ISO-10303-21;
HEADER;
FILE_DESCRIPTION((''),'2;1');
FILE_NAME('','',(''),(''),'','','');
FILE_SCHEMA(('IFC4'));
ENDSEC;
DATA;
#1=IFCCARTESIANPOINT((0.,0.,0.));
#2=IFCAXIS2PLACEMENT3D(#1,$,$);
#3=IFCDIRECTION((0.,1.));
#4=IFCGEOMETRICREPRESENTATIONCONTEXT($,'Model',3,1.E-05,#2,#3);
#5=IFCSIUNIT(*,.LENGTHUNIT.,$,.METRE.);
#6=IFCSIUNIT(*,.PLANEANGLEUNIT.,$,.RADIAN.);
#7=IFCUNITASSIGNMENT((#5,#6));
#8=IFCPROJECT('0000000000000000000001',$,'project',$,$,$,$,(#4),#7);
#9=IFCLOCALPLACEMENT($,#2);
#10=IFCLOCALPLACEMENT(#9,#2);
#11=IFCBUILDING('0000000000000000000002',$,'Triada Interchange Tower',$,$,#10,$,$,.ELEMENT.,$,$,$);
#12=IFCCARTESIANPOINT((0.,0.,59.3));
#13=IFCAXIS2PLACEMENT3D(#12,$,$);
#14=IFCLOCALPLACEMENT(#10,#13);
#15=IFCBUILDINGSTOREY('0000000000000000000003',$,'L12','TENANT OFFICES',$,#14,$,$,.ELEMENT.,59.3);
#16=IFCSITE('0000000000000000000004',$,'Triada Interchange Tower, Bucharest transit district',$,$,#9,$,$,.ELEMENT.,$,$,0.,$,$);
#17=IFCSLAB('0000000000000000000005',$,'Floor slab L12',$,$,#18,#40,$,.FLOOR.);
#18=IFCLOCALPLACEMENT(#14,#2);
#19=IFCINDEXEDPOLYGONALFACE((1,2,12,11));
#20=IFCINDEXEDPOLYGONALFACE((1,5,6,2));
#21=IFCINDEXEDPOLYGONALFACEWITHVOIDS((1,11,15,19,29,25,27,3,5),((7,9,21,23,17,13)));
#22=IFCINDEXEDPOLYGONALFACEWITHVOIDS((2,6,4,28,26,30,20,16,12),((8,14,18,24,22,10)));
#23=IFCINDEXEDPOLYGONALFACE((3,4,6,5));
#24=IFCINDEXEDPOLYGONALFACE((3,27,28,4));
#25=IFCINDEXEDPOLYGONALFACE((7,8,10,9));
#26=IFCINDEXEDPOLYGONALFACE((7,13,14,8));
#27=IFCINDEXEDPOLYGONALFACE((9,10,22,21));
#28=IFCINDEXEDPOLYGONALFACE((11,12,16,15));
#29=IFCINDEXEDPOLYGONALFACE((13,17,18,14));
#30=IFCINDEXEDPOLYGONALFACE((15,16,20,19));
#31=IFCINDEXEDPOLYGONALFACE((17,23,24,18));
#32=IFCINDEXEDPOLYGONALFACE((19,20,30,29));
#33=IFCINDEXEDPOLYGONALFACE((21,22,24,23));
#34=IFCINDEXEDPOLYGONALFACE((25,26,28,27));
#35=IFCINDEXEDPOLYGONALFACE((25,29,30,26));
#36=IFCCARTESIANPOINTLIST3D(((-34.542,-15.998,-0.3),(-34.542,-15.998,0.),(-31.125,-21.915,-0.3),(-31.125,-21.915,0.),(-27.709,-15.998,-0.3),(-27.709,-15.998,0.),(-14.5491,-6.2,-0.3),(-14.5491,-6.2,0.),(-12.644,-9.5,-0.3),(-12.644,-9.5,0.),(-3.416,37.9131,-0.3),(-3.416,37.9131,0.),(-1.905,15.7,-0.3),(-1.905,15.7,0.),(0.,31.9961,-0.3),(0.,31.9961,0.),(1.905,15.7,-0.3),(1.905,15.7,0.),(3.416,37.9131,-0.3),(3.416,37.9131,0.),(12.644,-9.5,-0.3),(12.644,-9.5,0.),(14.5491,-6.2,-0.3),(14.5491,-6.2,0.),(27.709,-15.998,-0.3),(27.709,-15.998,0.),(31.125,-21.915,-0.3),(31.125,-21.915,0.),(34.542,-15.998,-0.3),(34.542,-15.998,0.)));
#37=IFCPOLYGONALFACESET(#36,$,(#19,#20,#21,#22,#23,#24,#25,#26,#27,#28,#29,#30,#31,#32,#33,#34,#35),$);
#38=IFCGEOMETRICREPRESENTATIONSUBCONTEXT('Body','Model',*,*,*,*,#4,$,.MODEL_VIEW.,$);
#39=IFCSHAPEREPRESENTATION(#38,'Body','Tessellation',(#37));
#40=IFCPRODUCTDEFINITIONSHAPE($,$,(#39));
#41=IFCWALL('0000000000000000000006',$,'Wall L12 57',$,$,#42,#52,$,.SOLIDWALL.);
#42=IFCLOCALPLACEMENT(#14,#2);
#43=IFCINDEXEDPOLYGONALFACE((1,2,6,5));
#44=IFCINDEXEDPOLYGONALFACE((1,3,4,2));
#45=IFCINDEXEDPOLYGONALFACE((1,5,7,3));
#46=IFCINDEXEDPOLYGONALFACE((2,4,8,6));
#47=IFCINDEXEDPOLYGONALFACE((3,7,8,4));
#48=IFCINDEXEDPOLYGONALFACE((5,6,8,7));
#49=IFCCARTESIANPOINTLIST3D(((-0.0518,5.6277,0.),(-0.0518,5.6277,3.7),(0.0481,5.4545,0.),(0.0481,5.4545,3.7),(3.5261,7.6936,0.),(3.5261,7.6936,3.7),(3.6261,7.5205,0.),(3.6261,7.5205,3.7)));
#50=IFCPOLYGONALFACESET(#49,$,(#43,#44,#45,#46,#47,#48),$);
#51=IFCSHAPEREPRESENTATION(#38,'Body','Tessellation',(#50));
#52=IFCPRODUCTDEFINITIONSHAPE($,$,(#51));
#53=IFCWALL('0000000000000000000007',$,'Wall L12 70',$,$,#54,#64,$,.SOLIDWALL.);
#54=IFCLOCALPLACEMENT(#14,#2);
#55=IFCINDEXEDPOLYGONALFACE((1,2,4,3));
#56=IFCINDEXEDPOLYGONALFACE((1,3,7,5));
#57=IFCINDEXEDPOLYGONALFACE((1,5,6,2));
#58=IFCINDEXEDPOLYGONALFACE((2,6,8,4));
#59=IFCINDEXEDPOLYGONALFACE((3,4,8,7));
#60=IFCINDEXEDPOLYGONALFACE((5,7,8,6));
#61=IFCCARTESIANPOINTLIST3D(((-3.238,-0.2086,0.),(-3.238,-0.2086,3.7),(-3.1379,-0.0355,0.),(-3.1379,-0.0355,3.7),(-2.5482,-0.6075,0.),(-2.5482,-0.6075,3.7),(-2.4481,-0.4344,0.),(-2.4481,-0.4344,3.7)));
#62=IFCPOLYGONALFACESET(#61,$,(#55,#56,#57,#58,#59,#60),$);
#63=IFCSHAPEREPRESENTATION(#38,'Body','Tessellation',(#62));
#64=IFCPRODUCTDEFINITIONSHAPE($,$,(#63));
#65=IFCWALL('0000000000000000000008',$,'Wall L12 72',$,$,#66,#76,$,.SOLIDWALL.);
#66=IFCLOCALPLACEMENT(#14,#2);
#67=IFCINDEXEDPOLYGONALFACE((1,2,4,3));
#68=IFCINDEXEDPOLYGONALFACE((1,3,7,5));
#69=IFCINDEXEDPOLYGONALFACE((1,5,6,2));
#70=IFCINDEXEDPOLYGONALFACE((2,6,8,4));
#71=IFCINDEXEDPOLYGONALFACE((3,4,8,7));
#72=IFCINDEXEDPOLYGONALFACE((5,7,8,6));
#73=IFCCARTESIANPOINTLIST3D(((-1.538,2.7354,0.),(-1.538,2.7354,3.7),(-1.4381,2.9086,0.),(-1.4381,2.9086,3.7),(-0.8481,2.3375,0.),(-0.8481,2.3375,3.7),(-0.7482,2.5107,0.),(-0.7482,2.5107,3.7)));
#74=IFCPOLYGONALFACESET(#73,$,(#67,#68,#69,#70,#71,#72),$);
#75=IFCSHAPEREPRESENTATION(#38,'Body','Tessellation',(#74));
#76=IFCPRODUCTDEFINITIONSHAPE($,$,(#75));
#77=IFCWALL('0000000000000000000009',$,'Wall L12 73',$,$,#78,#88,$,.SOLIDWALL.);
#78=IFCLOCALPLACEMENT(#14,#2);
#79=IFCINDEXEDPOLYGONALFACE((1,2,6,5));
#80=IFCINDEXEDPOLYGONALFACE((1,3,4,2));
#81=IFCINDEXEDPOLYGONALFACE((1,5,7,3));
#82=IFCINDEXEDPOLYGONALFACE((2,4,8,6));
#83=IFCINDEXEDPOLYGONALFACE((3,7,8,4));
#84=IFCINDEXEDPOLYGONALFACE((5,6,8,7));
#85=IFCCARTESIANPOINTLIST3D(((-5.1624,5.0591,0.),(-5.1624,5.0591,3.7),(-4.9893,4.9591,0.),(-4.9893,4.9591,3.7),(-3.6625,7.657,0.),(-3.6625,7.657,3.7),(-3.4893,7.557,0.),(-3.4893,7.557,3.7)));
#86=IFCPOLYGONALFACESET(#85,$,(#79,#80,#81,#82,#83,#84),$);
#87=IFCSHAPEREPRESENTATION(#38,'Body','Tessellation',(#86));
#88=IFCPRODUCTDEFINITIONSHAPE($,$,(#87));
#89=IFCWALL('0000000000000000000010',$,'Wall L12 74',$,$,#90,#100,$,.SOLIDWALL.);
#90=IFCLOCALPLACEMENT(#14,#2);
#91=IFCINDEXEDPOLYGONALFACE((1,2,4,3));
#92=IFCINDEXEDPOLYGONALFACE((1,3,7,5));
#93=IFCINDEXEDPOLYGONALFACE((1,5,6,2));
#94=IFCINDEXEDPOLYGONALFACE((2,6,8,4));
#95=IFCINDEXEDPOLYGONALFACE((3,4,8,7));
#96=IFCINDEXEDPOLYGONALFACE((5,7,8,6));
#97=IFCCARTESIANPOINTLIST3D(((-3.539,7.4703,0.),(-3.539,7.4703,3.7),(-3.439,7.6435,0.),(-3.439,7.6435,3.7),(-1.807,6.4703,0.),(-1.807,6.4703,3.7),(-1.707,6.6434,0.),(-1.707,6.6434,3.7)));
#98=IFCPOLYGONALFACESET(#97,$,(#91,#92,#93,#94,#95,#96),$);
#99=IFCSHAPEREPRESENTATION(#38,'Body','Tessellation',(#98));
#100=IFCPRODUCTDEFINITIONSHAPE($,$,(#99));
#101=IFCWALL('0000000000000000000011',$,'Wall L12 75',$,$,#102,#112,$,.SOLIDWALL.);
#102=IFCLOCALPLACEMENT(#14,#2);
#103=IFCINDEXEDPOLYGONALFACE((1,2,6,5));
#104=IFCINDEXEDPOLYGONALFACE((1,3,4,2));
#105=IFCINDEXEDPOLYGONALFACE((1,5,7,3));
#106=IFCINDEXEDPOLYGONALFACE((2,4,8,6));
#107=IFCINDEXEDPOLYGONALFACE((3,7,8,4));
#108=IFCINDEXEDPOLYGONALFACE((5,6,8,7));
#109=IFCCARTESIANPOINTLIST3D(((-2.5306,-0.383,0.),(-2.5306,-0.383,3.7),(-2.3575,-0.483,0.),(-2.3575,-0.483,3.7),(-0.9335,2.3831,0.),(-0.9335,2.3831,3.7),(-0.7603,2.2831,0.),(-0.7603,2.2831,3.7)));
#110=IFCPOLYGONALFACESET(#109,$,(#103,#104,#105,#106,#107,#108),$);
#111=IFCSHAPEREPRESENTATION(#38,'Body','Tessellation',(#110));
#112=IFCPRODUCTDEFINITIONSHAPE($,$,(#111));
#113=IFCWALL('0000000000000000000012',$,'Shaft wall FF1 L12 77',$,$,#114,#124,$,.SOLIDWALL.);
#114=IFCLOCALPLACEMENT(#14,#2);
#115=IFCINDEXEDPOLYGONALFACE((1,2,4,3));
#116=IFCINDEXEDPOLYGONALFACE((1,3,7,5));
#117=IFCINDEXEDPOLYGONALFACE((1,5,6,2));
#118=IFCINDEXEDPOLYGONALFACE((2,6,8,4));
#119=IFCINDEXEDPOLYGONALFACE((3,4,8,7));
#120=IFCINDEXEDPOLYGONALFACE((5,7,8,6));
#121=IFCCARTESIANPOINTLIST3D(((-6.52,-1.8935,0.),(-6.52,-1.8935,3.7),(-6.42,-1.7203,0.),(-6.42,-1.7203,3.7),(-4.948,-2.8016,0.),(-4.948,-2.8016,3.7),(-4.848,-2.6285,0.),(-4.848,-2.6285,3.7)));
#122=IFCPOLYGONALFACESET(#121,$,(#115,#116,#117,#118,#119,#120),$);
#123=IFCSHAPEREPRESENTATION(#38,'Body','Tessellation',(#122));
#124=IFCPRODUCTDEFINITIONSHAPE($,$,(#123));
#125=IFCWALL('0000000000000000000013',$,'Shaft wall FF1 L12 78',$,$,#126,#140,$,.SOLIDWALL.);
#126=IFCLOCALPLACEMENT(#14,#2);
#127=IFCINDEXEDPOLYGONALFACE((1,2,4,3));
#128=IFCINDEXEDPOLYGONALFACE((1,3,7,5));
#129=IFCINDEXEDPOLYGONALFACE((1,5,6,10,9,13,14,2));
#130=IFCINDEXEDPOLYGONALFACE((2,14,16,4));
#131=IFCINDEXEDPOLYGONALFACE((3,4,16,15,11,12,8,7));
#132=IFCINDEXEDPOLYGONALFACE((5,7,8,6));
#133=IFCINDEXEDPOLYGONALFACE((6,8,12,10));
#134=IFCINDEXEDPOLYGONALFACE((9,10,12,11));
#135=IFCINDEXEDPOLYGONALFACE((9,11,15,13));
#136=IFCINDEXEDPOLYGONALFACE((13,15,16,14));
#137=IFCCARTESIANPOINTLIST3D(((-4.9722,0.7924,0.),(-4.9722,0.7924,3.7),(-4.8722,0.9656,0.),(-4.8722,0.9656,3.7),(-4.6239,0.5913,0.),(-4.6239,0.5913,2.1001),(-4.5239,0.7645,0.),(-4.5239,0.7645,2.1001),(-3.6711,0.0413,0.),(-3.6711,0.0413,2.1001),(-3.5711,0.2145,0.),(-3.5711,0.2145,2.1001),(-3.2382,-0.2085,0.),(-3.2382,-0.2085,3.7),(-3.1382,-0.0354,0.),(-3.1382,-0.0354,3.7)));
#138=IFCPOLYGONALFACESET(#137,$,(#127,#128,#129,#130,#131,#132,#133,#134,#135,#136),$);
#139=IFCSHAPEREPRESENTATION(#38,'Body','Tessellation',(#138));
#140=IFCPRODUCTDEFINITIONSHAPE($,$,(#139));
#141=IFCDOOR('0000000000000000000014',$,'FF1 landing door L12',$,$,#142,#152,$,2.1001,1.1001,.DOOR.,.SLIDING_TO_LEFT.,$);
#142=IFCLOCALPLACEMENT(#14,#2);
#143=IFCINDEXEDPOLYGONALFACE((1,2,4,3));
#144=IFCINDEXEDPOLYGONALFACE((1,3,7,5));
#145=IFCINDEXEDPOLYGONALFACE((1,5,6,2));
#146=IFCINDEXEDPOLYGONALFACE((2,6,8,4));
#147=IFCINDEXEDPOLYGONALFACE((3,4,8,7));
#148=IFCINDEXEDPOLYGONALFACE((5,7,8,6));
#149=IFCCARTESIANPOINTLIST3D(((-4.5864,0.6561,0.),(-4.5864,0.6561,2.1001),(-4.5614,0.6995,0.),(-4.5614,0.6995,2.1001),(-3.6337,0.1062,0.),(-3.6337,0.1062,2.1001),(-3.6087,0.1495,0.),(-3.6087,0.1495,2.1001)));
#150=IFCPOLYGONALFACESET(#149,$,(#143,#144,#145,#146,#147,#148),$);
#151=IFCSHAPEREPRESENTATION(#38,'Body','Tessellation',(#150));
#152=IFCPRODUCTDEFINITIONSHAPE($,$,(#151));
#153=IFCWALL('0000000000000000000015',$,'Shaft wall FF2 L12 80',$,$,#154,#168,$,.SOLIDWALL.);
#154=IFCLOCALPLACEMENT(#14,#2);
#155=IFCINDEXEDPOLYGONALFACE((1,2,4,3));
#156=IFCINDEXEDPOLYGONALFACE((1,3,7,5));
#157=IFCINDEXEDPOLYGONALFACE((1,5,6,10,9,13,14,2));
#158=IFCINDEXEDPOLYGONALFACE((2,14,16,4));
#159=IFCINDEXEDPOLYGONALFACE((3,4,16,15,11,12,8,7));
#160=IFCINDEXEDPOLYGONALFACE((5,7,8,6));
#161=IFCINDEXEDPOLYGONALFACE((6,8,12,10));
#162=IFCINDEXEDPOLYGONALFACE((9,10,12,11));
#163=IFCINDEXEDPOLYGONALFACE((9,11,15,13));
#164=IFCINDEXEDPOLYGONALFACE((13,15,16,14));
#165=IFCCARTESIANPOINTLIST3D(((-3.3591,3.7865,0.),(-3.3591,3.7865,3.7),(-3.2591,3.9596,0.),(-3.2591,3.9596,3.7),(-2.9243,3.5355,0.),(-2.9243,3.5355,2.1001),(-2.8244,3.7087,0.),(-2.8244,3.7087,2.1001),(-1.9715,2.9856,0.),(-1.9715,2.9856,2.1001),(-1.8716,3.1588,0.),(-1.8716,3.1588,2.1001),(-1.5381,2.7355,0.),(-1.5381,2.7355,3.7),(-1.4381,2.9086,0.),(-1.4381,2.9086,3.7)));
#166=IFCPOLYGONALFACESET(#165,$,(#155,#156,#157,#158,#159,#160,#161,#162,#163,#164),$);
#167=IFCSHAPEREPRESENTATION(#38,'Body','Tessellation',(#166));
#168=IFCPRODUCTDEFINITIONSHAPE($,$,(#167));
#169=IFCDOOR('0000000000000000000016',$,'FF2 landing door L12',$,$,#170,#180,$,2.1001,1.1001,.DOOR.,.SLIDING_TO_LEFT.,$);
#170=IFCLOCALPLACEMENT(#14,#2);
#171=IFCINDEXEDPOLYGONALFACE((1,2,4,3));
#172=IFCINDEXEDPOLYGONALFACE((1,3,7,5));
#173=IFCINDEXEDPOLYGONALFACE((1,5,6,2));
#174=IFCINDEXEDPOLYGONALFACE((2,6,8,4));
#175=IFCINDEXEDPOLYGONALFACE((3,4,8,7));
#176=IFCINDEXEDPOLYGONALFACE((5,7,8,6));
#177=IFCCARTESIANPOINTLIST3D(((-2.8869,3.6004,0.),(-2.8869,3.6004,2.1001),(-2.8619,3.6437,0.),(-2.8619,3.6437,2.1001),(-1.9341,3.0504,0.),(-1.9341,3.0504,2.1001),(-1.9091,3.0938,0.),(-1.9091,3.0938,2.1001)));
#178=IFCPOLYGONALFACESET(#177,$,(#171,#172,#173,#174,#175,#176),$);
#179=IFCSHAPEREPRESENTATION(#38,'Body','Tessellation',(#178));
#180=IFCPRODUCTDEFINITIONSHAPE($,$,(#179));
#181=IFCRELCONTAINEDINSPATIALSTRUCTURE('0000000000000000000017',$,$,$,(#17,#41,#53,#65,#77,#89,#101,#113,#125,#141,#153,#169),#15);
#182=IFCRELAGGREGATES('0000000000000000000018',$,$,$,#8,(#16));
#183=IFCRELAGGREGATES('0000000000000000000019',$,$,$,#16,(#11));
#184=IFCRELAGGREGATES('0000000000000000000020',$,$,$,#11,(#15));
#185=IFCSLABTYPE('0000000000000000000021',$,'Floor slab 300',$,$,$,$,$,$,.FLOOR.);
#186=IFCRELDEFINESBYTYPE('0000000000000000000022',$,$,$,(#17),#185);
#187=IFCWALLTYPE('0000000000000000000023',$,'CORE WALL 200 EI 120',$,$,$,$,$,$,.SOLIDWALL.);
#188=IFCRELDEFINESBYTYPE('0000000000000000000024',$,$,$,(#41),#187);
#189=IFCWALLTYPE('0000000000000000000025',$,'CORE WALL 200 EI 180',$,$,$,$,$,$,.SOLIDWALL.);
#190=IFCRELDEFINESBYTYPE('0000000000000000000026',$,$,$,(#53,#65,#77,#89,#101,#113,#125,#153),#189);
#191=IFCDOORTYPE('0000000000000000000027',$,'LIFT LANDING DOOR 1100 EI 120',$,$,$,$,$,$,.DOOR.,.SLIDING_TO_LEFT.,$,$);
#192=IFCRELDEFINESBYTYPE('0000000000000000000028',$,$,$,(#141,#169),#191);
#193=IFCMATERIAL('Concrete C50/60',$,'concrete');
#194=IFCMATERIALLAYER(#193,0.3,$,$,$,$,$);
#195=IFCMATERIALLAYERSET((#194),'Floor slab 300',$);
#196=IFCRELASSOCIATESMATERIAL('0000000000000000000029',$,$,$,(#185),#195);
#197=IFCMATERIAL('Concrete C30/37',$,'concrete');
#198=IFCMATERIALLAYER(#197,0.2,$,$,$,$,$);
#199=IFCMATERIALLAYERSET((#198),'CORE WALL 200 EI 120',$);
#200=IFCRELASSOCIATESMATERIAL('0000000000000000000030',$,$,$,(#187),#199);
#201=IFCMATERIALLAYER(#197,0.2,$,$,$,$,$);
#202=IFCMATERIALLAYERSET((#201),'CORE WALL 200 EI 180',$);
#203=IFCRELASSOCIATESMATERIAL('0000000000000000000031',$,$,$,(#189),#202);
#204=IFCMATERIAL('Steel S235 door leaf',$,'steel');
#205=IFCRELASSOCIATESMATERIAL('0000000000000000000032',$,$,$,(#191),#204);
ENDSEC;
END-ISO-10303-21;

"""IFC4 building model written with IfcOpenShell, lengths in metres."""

from ifc_helpers import new_model, si_unit, direction, frame, frame_2d, origin, place, context, subcontext, project, spatial, polyline, rectangle, outline, extrude, material, layer, layer_set, type_object, element, fill, save


model = new_model("IFC4")

# Units and contexts
model_context = context("Model", 3, precision=1e-05, world=origin(), true_north=direction((0.0, 1.0)))
body_context = subcontext(model_context, "Body", "Model", "MODEL_VIEW")
ifc_project = project(units=[si_unit("LENGTHUNIT", "METRE"), si_unit("PLANEANGLEUNIT", "RADIAN")], contexts=[model_context])

# Site, building, storey
site_placement = place(None, origin())
site = spatial("IfcSite", under=ifc_project, at=site_placement, Name="Triada Interchange Tower, Bucharest transit district", CompositionType="ELEMENT", RefElevation=0.0)
building_placement = place(site_placement, origin())
building = spatial("IfcBuilding", under=site, at=building_placement, Name="Triada Interchange Tower", CompositionType="ELEMENT")
storey_placement = place(building_placement, frame((0.0, 0.0, 59.3)))
storey = spatial("IfcBuildingStorey", under=building, at=storey_placement, Name="L12", Description="TENANT OFFICES", CompositionType="ELEMENT", Elevation=59.3)

# Slab
ifc_material_1 = material(Name="Concrete C50/60", Category="concrete")
ifc_layer_1 = layer(ifc_material_1, 0.3)
ifc_layer_set_1 = layer_set([ifc_layer_1], Name="Floor slab 300")
slab_type = type_object("IfcSlabType", Name="Floor slab 300", PredefinedType="FLOOR", material=ifc_layer_set_1)
slab_placement = place(storey_placement, frame((0.0, 0.0, -0.3)))
element("IfcSlab", 1, at=slab_placement, inside=storey, type_object=slab_type, Name="Floor slab L12", PredefinedType="FLOOR", context=body_context, shape_type="SweptSolid", body=[
    extrude(outline(polyline([(-3.416, 37.9131), (-34.542, -15.998), (-27.709, -15.998), (-31.125, -21.915), (31.125, -21.915), (27.709, -15.998), (34.542, -15.998), (3.416, 37.9131), (0.0, 31.9961), (-3.416, 37.9131)]), holes=[polyline([(1.905, 15.7), (-1.905, 15.7), (-14.5491, -6.2), (-12.644, -9.5), (12.644, -9.5), (14.5491, -6.2), (1.905, 15.7)])]), origin(), (0.0, 0.0, 1.0), 0.3),
])

# Walls
ifc_material_2 = material(Name="Concrete C30/37", Category="concrete")
ifc_layer_2 = layer(ifc_material_2, 0.2)
ifc_layer_set_2 = layer_set([ifc_layer_2], Name="CORE WALL 200 EI 120")
wall_type_1 = type_object("IfcWallType", Name="CORE WALL 200 EI 120", PredefinedType="SOLIDWALL", material=ifc_layer_set_2)
wall_1_placement = place(storey_placement, frame((-0.002, 5.541, 0.0), z_axis=(0.0, 0.0, 1.0), x_axis=(0.866002, 0.500041, 0.0)))
element("IfcWall", 2, at=wall_1_placement, inside=storey, type_object=wall_type_1, Name="Wall L12 57", PredefinedType="SOLIDWALL", context=body_context, shape_type="SweptSolid", body=[
    extrude(rectangle(XDim=4.1316, YDim=0.2, at=frame_2d((2.0659, 0.0))), origin(), (0.0, 0.0, 1.0), 3.7),
])
ifc_layer_3 = layer(ifc_material_2, 0.2)
ifc_layer_set_3 = layer_set([ifc_layer_3], Name="CORE WALL 200 EI 180")
wall_type_2 = type_object("IfcWallType", Name="CORE WALL 200 EI 180", PredefinedType="SOLIDWALL", material=ifc_layer_set_3)
wall_2_placement = place(storey_placement, frame((-3.188, -0.1221, 0.0), z_axis=(0.0, 0.0, 1.0), x_axis=(0.865706, -0.500553, 0.0)))
element("IfcWall", 3, at=wall_2_placement, inside=storey, type_object=wall_type_2, Name="Wall L12 70", PredefinedType="SOLIDWALL", context=body_context, shape_type="SweptSolid", body=[
    extrude(rectangle(XDim=0.7969, YDim=0.2, at=frame_2d((0.3984, 0.0))), origin(), (0.0, 0.0, 1.0), 3.7),
])
wall_3_placement = place(storey_placement, frame((-1.488, 2.822, 0.0), z_axis=(0.0, 0.0, 1.0), x_axis=(0.866237, -0.499634, 0.0)))
element("IfcWall", 4, at=wall_3_placement, inside=storey, type_object=wall_type_2, Name="Wall L12 72", PredefinedType="SOLIDWALL", context=body_context, shape_type="SweptSolid", body=[
    extrude(rectangle(XDim=0.7964, YDim=0.2, at=frame_2d((0.3982, 0.0))), origin(), (0.0, 0.0, 1.0), 3.7),
])
wall_4_placement = place(storey_placement, frame((-5.0759, 5.009, 0.0), z_axis=(0.0, 0.0, 1.0), x_axis=(0.500025, 0.866011, 0.0)))
element("IfcWall", 5, at=wall_4_placement, inside=storey, type_object=wall_type_2, Name="Wall L12 73", PredefinedType="SOLIDWALL", context=body_context, shape_type="SweptSolid", body=[
    extrude(rectangle(XDim=2.9998, YDim=0.2, at=frame_2d((1.5, 0.0))), origin(), (0.0, 0.0, 1.0), 3.7),
])
wall_5_placement = place(storey_placement, frame((-3.489, 7.5569, 0.0), z_axis=(0.0, 0.0, 1.0), x_axis=(0.866011, -0.500025, 0.0)))
element("IfcWall", 6, at=wall_5_placement, inside=storey, type_object=wall_type_2, Name="Wall L12 74", PredefinedType="SOLIDWALL", context=body_context, shape_type="SweptSolid", body=[
    extrude(rectangle(XDim=2.0, YDim=0.2, at=frame_2d((1.0, 0.0))), origin(), (0.0, 0.0, 1.0), 3.7),
])
wall_6_placement = place(storey_placement, frame((-2.4441, -0.4331, 0.0), z_axis=(0.0, 0.0, 1.0), x_axis=(0.500036, 0.866005, 0.0)))
element("IfcWall", 7, at=wall_6_placement, inside=storey, type_object=wall_type_2, Name="Wall L12 75", PredefinedType="SOLIDWALL", context=body_context, shape_type="SweptSolid", body=[
    extrude(rectangle(XDim=3.1941, YDim=0.2, at=frame_2d((1.5972, 0.0))), origin(), (0.0, 0.0, 1.0), 3.7),
])
wall_7_placement = place(storey_placement, frame((-6.47, -1.8069, 0.0), z_axis=(0.0, 0.0, 1.0), x_axis=(0.865883, -0.500246, 0.0)))
element("IfcWall", 8, at=wall_7_placement, inside=storey, type_object=wall_type_2, Name="Shaft wall FF1 L12 77", PredefinedType="SOLIDWALL", context=body_context, shape_type="SweptSolid", body=[
    extrude(rectangle(XDim=1.8154, YDim=0.2, at=frame_2d((0.9077, 0.0))), origin(), (0.0, 0.0, 1.0), 3.7),
])

# Walls, openings, doors
wall_8_placement = place(storey_placement, frame((-4.9221, 0.8789, 0.0), z_axis=(0.0, 0.0, 1.0), x_axis=(0.866074, -0.499916, 0.0)))
wall_8 = element("IfcWall", 9, at=wall_8_placement, inside=storey, type_object=wall_type_2, Name="Shaft wall FF1 L12 78", PredefinedType="SOLIDWALL", context=body_context, shape_type="SweptSolid", body=[
    extrude(rectangle(XDim=2.0022, YDim=0.2, at=frame_2d((1.001, 0.0))), origin(), (0.0, 0.0, 1.0), 3.7),
])
opening_1_placement = place(wall_8_placement, frame((0.4021, 0.0, 0.0)))
opening_1 = element("IfcOpeningElement", 10, at=opening_1_placement, cuts=wall_8, PredefinedType="OPENING", context=body_context, shape_type="SweptSolid", body=[
    extrude(rectangle(XDim=1.1001, YDim=2.1001, at=frame_2d((0.55, 1.05))), frame((0.0, 0.1099, 0.0), z_axis=(0.0, -1.0, 0.0), x_axis=(1.0, 0.0, 0.0)), (0.0, 0.0, 1.0), 0.22),
])
ifc_material_3 = material(Name="Steel S235 door leaf", Category="steel")
door_type = type_object("IfcDoorType", Name="LIFT LANDING DOOR 1100 EI 120", OperationType="SLIDING_TO_LEFT", PredefinedType="DOOR", material=ifc_material_3)
door_1_placement = place(opening_1_placement, origin())
door_1 = element("IfcDoor", 11, at=door_1_placement, inside=storey, type_object=door_type, Name="FF1 landing door L12", OperationType="SLIDING_TO_LEFT", OverallHeight=2.1001, OverallWidth=1.1001, PredefinedType="DOOR", context=body_context, shape_type="SweptSolid", body=[
    extrude(rectangle(XDim=1.1001, YDim=2.1001, at=frame_2d((0.55, 1.05))), frame((0.0, 0.0249, 0.0), z_axis=(0.0, -1.0, 0.0), x_axis=(1.0, 0.0, 0.0)), (0.0, 0.0, 1.0), 0.05),
])
fill(opening_1, door_1)
wall_9_placement = place(storey_placement, frame((-3.3091, 3.873, 0.0), z_axis=(0.0, 0.0, 1.0), x_axis=(0.866099, -0.499873, 0.0)))
wall_9 = element("IfcWall", 12, at=wall_9_placement, inside=storey, type_object=wall_type_2, Name="Shaft wall FF2 L12 80", PredefinedType="SOLIDWALL", context=body_context, shape_type="SweptSolid", body=[
    extrude(rectangle(XDim=2.1025, YDim=0.2, at=frame_2d((1.0513, 0.0))), origin(), (0.0, 0.0, 1.0), 3.7),
])
opening_2_placement = place(wall_9_placement, frame((0.502, 0.0, 0.0)))
opening_2 = element("IfcOpeningElement", 13, at=opening_2_placement, cuts=wall_9, PredefinedType="OPENING", context=body_context, shape_type="SweptSolid", body=[
    extrude(rectangle(XDim=1.1001, YDim=2.1001, at=frame_2d((0.55, 1.05))), frame((0.0, 0.1099, 0.0), z_axis=(0.0, -1.0, 0.0), x_axis=(1.0, 0.0, 0.0)), (0.0, 0.0, 1.0), 0.22),
])
door_2_placement = place(opening_2_placement, origin())
door_2 = element("IfcDoor", 14, at=door_2_placement, inside=storey, type_object=door_type, Name="FF2 landing door L12", OperationType="SLIDING_TO_LEFT", OverallHeight=2.1001, OverallWidth=1.1001, PredefinedType="DOOR", context=body_context, shape_type="SweptSolid", body=[
    extrude(rectangle(XDim=1.1001, YDim=2.1001, at=frame_2d((0.55, 1.05))), frame((0.0, 0.0249, 0.0), z_axis=(0.0, -1.0, 0.0), x_axis=(1.0, 0.0, 0.0)), (0.0, 0.0, 1.0), 0.05),
])
fill(opening_2, door_2)

save(model, "model.ifc")
